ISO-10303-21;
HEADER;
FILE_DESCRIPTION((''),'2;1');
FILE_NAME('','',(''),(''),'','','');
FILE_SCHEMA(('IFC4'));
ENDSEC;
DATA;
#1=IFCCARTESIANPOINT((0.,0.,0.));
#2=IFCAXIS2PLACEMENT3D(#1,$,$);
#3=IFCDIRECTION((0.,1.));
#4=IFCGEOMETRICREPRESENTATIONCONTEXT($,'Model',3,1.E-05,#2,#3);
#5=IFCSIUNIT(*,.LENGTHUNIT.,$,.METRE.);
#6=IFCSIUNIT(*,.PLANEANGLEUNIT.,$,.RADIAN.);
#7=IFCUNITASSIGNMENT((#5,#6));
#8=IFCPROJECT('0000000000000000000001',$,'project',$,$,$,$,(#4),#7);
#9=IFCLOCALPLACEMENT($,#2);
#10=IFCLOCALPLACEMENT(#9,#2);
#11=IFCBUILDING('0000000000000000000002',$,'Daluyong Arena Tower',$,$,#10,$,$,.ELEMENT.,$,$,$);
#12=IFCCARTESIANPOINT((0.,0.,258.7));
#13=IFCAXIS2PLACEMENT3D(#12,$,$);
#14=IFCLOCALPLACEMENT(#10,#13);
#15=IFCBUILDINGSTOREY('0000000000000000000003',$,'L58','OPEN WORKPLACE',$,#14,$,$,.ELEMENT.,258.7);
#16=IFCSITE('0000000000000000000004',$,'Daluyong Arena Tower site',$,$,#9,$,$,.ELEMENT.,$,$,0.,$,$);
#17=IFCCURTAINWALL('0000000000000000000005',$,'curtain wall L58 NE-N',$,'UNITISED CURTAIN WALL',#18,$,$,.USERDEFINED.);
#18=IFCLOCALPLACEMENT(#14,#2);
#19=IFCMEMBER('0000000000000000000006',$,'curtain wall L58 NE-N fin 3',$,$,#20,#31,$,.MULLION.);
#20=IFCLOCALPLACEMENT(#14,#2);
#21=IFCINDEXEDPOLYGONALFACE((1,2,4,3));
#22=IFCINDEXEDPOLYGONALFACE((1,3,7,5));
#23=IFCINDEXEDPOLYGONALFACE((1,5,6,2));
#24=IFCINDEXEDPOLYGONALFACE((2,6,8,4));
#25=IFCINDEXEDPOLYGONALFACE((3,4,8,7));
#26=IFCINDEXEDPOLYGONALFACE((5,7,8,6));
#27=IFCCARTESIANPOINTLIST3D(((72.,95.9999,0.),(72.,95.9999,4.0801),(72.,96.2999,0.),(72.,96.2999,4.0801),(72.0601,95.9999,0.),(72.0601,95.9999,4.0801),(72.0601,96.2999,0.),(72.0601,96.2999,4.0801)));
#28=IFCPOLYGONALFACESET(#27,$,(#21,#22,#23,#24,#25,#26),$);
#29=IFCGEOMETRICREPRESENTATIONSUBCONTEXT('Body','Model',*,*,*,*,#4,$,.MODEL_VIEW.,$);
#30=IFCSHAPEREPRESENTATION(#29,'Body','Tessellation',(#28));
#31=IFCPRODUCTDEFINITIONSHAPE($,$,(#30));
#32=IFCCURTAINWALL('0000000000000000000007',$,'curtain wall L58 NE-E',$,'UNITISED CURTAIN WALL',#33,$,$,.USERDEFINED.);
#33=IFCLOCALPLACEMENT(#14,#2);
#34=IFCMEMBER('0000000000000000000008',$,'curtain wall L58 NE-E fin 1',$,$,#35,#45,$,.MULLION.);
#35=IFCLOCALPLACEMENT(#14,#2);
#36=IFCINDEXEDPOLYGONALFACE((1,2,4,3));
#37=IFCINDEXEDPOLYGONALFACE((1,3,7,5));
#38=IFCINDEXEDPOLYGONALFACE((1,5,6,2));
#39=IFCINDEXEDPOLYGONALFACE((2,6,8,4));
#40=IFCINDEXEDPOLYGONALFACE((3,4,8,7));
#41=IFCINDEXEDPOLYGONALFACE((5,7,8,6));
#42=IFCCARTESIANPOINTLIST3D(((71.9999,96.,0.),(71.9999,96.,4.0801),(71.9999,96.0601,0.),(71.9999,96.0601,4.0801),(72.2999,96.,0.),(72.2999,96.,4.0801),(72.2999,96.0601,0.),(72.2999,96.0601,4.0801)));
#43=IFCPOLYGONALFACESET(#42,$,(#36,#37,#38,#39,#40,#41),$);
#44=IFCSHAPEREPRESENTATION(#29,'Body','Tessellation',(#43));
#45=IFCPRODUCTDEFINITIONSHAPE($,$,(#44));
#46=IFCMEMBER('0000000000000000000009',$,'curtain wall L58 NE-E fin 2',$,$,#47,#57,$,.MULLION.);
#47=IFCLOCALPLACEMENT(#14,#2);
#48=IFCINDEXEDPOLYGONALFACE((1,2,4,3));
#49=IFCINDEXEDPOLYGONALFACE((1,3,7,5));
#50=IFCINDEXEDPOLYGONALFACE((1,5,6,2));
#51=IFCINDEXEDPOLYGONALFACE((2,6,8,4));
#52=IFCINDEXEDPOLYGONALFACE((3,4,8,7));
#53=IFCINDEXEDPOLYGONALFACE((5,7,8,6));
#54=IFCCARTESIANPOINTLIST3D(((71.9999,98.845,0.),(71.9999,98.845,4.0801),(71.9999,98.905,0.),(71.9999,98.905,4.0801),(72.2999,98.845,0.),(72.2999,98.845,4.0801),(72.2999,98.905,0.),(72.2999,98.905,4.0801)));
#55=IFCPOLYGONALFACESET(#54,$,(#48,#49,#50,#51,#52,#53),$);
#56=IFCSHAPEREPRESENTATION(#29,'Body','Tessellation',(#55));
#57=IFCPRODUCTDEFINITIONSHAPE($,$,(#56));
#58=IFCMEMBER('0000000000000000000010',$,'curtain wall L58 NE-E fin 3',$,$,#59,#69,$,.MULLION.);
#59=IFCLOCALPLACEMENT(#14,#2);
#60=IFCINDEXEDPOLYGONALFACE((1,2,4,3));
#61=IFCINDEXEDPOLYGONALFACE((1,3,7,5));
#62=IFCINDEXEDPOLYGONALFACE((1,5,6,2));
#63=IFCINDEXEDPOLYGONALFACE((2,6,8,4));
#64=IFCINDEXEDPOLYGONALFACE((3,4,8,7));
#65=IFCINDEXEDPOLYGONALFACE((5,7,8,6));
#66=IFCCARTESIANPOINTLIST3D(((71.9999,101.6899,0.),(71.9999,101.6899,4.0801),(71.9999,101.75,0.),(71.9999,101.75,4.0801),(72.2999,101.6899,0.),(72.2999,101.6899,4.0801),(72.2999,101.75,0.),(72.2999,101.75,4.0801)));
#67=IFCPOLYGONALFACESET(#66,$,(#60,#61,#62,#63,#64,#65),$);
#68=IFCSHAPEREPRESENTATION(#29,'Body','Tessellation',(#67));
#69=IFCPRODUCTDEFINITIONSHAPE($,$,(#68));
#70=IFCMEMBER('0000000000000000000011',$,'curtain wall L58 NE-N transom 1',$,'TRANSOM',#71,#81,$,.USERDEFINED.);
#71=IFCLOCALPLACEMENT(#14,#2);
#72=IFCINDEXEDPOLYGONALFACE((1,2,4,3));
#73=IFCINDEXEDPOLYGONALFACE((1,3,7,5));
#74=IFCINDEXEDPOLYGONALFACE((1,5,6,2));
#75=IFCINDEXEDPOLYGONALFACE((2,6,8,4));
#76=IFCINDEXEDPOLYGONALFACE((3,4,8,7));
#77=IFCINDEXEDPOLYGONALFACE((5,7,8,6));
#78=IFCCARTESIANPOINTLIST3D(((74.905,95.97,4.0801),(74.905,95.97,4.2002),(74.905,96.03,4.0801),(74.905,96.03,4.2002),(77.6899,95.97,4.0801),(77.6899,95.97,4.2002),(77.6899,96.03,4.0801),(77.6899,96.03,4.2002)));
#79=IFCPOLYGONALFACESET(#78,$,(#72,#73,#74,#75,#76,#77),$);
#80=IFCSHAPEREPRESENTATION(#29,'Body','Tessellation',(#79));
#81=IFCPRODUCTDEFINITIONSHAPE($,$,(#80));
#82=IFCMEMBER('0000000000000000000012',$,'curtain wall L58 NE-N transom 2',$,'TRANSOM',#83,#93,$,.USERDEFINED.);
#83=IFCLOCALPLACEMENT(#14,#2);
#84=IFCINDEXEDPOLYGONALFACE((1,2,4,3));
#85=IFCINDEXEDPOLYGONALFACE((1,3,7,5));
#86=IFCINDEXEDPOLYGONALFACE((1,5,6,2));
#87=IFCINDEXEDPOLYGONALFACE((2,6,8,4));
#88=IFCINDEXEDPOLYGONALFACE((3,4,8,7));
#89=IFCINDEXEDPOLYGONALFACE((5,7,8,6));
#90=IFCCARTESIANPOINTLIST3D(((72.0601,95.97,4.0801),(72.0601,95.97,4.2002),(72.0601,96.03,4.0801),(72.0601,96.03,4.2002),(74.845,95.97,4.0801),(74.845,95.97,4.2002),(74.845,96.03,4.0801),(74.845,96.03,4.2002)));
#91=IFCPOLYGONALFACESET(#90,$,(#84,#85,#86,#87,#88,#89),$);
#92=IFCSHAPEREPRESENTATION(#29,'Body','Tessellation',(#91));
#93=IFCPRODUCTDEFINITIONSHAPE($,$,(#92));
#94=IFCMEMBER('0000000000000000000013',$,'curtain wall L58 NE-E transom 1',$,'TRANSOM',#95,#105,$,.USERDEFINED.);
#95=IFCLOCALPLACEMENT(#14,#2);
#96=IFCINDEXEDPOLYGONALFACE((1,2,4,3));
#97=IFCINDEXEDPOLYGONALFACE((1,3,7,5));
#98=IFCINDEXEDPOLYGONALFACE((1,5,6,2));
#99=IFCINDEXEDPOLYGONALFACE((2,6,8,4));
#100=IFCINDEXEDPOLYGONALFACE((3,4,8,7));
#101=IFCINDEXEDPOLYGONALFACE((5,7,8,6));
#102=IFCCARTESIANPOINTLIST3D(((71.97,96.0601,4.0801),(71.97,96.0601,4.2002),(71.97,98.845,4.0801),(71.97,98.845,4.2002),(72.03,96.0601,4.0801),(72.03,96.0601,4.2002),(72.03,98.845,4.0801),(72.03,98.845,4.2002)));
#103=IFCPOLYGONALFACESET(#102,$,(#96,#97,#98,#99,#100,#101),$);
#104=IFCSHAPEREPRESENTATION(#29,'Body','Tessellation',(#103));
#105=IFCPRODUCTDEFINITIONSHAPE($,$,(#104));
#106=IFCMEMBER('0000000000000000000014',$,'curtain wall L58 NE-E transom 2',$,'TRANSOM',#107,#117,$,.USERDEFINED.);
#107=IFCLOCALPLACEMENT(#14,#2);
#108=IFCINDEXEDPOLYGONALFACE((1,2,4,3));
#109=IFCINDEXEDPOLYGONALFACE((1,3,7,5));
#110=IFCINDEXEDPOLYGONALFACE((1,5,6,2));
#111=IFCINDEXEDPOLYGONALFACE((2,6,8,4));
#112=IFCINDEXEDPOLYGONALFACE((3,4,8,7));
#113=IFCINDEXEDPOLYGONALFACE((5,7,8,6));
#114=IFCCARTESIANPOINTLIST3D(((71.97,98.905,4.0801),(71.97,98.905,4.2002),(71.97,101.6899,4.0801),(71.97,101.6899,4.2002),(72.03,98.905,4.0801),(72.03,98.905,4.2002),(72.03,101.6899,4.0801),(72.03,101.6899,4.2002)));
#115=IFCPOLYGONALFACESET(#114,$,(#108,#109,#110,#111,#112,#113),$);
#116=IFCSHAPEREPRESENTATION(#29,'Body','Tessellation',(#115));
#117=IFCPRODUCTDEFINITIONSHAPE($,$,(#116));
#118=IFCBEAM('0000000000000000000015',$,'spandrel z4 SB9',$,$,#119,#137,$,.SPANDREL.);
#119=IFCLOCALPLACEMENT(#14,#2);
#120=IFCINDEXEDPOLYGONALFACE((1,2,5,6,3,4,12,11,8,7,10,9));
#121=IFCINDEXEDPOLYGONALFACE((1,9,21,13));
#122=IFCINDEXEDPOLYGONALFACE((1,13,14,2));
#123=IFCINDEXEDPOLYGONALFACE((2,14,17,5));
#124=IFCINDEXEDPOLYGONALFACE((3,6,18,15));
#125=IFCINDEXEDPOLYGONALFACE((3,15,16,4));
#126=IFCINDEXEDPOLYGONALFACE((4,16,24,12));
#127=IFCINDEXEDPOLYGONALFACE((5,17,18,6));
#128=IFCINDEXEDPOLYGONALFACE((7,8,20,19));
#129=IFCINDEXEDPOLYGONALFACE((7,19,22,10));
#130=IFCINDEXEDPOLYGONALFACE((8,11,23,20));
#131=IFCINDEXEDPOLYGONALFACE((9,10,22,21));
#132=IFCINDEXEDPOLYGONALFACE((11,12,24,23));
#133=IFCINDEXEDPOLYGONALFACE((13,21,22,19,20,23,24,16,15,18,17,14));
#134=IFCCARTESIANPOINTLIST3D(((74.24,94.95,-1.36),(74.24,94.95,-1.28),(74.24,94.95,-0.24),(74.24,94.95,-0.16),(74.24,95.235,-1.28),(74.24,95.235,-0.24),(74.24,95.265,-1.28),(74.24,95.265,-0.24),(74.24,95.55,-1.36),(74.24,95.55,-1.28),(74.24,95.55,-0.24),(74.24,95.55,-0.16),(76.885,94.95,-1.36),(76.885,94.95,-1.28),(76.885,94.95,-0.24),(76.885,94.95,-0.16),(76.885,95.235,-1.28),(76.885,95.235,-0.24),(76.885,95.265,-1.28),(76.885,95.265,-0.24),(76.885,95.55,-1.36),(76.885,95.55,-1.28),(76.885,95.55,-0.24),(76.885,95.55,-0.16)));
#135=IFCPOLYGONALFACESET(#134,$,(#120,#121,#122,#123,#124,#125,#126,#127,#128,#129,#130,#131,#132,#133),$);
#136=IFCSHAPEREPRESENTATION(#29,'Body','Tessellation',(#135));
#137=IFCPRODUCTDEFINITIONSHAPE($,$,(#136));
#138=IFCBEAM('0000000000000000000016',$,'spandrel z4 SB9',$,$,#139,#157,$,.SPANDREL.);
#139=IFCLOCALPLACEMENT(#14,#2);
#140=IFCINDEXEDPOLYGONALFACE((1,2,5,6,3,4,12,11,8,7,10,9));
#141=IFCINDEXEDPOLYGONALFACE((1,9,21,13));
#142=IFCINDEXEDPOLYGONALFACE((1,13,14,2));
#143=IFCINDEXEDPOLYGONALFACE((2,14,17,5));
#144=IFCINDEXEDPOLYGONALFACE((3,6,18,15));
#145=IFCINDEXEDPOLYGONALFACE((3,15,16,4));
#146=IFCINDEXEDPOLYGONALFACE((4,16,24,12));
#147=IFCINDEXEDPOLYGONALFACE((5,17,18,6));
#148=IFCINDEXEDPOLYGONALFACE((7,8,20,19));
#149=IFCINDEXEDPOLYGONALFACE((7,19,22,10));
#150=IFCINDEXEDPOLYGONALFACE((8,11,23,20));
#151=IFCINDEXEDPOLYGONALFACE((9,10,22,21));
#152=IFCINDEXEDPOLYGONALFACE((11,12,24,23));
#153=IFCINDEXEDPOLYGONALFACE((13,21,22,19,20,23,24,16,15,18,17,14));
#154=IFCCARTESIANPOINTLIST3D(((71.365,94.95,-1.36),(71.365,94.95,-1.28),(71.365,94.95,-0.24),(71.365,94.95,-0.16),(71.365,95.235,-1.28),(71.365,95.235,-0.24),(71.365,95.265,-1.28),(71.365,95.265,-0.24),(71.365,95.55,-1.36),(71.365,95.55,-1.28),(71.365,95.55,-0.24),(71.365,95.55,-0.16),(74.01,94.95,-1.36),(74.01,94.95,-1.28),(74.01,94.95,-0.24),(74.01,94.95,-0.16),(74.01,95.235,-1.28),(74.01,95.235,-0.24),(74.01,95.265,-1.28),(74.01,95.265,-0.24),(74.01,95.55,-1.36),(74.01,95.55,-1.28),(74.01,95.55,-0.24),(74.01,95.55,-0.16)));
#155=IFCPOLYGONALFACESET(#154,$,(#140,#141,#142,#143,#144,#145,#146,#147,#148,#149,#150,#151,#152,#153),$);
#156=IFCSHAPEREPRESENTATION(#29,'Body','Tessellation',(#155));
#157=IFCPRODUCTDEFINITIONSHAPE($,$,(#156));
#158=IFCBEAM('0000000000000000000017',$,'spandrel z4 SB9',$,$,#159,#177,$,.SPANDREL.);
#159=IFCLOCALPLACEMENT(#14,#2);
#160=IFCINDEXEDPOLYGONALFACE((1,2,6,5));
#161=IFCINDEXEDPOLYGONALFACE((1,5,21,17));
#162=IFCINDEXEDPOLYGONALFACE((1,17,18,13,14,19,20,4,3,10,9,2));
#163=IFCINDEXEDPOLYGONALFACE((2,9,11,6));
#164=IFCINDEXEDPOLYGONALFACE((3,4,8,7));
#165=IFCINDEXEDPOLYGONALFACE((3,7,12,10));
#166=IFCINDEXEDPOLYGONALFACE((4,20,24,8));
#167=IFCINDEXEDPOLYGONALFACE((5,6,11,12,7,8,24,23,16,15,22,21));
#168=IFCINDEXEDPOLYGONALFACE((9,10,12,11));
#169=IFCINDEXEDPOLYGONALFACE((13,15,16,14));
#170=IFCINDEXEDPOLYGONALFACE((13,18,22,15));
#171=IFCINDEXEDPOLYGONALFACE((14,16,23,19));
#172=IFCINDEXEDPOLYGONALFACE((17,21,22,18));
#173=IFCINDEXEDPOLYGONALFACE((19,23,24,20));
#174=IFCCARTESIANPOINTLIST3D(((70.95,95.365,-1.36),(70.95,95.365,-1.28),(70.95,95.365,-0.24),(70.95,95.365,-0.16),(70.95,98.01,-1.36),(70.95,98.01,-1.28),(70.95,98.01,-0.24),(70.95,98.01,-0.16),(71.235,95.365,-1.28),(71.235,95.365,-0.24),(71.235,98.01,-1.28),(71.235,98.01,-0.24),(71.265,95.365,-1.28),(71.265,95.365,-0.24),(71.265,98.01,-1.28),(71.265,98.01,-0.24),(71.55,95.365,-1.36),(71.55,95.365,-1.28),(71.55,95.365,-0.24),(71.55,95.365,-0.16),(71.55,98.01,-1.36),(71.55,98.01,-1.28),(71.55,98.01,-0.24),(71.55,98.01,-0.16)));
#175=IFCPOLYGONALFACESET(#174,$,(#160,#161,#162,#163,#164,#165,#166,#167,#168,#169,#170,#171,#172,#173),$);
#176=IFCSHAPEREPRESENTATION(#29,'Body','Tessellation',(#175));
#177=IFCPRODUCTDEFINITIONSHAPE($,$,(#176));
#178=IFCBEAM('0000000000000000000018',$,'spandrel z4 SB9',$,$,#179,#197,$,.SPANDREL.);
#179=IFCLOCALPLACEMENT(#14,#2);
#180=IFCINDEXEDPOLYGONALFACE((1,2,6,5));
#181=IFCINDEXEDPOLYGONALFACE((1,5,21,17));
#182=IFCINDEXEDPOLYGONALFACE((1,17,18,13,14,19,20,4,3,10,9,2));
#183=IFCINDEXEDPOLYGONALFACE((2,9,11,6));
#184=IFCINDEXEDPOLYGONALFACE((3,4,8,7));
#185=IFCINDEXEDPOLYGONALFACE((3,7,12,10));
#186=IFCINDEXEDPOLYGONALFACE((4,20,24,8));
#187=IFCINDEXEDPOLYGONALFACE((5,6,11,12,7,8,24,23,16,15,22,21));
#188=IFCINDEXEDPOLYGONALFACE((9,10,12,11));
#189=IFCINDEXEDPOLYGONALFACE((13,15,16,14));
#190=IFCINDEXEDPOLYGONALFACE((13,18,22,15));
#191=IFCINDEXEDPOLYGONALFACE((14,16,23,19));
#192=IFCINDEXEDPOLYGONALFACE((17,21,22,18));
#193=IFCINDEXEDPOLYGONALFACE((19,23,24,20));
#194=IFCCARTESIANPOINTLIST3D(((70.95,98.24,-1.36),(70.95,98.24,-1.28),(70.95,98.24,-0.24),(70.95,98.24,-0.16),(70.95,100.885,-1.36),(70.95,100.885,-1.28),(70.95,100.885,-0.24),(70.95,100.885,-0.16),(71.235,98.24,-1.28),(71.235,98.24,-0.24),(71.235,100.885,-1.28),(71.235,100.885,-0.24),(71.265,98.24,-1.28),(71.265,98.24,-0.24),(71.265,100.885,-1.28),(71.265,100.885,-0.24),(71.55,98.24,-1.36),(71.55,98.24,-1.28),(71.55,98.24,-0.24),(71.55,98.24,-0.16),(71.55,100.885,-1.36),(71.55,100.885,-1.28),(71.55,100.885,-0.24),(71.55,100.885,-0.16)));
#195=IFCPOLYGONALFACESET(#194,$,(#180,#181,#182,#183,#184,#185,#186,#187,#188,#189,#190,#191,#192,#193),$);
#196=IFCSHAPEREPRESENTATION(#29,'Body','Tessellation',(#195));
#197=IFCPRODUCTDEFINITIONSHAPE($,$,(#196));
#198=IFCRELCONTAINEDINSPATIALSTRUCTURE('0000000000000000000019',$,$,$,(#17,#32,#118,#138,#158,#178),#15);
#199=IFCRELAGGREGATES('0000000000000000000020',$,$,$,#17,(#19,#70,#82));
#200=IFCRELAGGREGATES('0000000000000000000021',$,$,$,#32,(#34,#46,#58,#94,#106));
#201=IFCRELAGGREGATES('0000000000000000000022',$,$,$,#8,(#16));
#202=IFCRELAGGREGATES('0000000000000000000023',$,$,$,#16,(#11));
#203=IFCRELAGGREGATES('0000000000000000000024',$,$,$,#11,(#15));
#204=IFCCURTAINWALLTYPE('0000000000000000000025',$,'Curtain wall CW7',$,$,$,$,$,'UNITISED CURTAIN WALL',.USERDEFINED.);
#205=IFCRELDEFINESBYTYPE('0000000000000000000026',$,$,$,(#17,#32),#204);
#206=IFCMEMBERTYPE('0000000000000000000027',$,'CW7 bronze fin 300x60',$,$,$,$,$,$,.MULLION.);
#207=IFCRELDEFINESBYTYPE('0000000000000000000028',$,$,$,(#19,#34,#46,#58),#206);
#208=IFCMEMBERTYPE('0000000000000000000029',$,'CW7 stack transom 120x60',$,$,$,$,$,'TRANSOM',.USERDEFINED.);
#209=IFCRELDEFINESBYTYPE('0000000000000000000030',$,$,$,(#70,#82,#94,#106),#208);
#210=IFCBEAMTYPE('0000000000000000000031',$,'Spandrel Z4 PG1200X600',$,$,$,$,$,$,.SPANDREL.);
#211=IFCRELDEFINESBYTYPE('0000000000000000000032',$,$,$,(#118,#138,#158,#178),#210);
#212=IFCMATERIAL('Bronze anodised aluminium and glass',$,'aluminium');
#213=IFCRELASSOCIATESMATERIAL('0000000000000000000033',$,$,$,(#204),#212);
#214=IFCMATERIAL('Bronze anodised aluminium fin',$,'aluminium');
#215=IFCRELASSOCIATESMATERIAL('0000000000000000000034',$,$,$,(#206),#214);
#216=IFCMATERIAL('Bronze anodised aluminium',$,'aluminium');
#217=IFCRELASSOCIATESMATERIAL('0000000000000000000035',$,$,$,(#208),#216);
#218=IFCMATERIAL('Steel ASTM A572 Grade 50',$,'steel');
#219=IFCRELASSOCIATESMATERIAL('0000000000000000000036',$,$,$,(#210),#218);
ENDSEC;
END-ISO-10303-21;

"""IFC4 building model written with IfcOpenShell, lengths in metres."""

from ifc_helpers import new_model, si_unit, direction, frame, origin, origin_2d, place, context, subcontext, project, spatial, rectangle, i_section, extrude, material, material_profile, profile_set, type_object, element, aggregate, save


model = new_model("IFC4")

# Units and contexts
model_context = context("Model", 3, precision=1e-05, world=origin(), true_north=direction((0.0, 1.0)))
body_context = subcontext(model_context, "Body", "Model", "MODEL_VIEW")
ifc_project = project(units=[si_unit("LENGTHUNIT", "METRE"), si_unit("PLANEANGLEUNIT", "RADIAN")], contexts=[model_context])

# Site, building, storey
site_placement = place(None, origin())
site = spatial("IfcSite", under=ifc_project, at=site_placement, Name="Daluyong Arena Tower site", CompositionType="ELEMENT", RefElevation=0.0)
building_placement = place(site_placement, origin())
building = spatial("IfcBuilding", under=site, at=building_placement, Name="Daluyong Arena Tower", CompositionType="ELEMENT")
storey_placement = place(building_placement, frame((0.0, 0.0, 258.7)))
storey = spatial("IfcBuildingStorey", under=building, at=storey_placement, Name="L58", Description="OPEN WORKPLACE", CompositionType="ELEMENT", Elevation=258.7)

# Curtain walls, members
ifc_material_1 = material(Name="Bronze anodised aluminium and glass", Category="aluminium")
curtain_wall_type_1 = type_object("IfcCurtainWallType", Name="Curtain wall CW7", ElementType="UNITISED CURTAIN WALL", PredefinedType="USERDEFINED", material=ifc_material_1)
curtain_wall_1_placement = place(storey_placement, origin())
curtain_wall_1 = element("IfcCurtainWall", 1, at=curtain_wall_1_placement, inside=storey, type_object=curtain_wall_type_1, Name="curtain wall L58 NE-N", ObjectType="UNITISED CURTAIN WALL", PredefinedType="USERDEFINED")
ifc_material_2 = material(Name="Bronze anodised aluminium fin", Category="aluminium")
ifc_material_profile_1 = material_profile(ifc_material_2, rectangle(XDim=0.3, YDim=0.0601, at=origin_2d()))
ifc_profile_set_1 = profile_set([ifc_material_profile_1], Name="Bronze anodised aluminium fin")
member_type_1 = type_object("IfcMemberType", Name="CW7 bronze fin 300x60", PredefinedType="MULLION", material=ifc_profile_set_1)
member_1_placement = place(storey_placement, frame((72.03, 96.1499, 0.0), z_axis=(0.0, 0.0, 1.0), x_axis=(0.0, -1.0, 0.0)))
member_1 = element("IfcMember", 2, at=member_1_placement, type_object=member_type_1, Name="curtain wall L58 NE-N fin 3", PredefinedType="MULLION", context=body_context, shape_type="SweptSolid", body=[
    extrude(rectangle(XDim=0.3, YDim=0.0601, at=origin_2d()), origin(), (0.0, 0.0, 1.0), 4.0801),
])
curtain_wall_2_placement = place(storey_placement, origin())
curtain_wall_2 = element("IfcCurtainWall", 3, at=curtain_wall_2_placement, inside=storey, type_object=curtain_wall_type_1, Name="curtain wall L58 NE-E", ObjectType="UNITISED CURTAIN WALL", PredefinedType="USERDEFINED")
member_2_placement = place(storey_placement, frame((72.1499, 96.03, 0.0), z_axis=(0.0, 0.0, 1.0), x_axis=(-1.0, 0.0, 0.0)))
member_2 = element("IfcMember", 4, at=member_2_placement, type_object=member_type_1, Name="curtain wall L58 NE-E fin 1", PredefinedType="MULLION", context=body_context, shape_type="SweptSolid", body=[
    extrude(rectangle(XDim=0.3, YDim=0.0601, at=origin_2d()), origin(), (0.0, 0.0, 1.0), 4.0801),
])
member_3_placement = place(storey_placement, frame((72.1499, 98.875, 0.0), z_axis=(0.0, 0.0, 1.0), x_axis=(-1.0, 0.0, 0.0)))
member_3 = element("IfcMember", 5, at=member_3_placement, type_object=member_type_1, Name="curtain wall L58 NE-E fin 2", PredefinedType="MULLION", context=body_context, shape_type="SweptSolid", body=[
    extrude(rectangle(XDim=0.3, YDim=0.0601, at=origin_2d()), origin(), (0.0, 0.0, 1.0), 4.0801),
])
member_4_placement = place(storey_placement, frame((72.1499, 101.72, 0.0), z_axis=(0.0, 0.0, 1.0), x_axis=(-1.0, 0.0, 0.0)))
member_4 = element("IfcMember", 6, at=member_4_placement, type_object=member_type_1, Name="curtain wall L58 NE-E fin 3", PredefinedType="MULLION", context=body_context, shape_type="SweptSolid", body=[
    extrude(rectangle(XDim=0.3, YDim=0.0601, at=origin_2d()), origin(), (0.0, 0.0, 1.0), 4.0801),
])

# Members
ifc_material_3 = material(Name="Bronze anodised aluminium", Category="aluminium")
ifc_material_profile_2 = material_profile(ifc_material_3, rectangle(XDim=0.0601, YDim=0.1201, at=origin_2d()))
ifc_profile_set_2 = profile_set([ifc_material_profile_2], Name="Bronze anodised aluminium")
member_type_2 = type_object("IfcMemberType", Name="CW7 stack transom 120x60", ElementType="TRANSOM", PredefinedType="USERDEFINED", material=ifc_profile_set_2)
member_5_placement = place(storey_placement, frame((77.6899, 96.0, 4.1401), z_axis=(-1.0, 0.0, 0.0), x_axis=(0.0, -1.0, 0.0)))
member_5 = element("IfcMember", 7, at=member_5_placement, type_object=member_type_2, Name="curtain wall L58 NE-N transom 1", ObjectType="TRANSOM", PredefinedType="USERDEFINED", context=body_context, shape_type="SweptSolid", body=[
    extrude(rectangle(XDim=0.0601, YDim=0.1201, at=origin_2d()), origin(), (0.0, 0.0, 1.0), 2.7849),
])
member_6_placement = place(storey_placement, frame((74.845, 96.0, 4.1401), z_axis=(-1.0, 0.0, 0.0), x_axis=(0.0, -1.0, 0.0)))
member_6 = element("IfcMember", 8, at=member_6_placement, type_object=member_type_2, Name="curtain wall L58 NE-N transom 2", ObjectType="TRANSOM", PredefinedType="USERDEFINED", context=body_context, shape_type="SweptSolid", body=[
    extrude(rectangle(XDim=0.0601, YDim=0.1201, at=origin_2d()), origin(), (0.0, 0.0, 1.0), 2.7849),
])
member_7_placement = place(storey_placement, frame((72.0, 96.0601, 4.1401), z_axis=(0.0, 1.0, 0.0), x_axis=(-1.0, 0.0, 0.0)))
member_7 = element("IfcMember", 9, at=member_7_placement, type_object=member_type_2, Name="curtain wall L58 NE-E transom 1", ObjectType="TRANSOM", PredefinedType="USERDEFINED", context=body_context, shape_type="SweptSolid", body=[
    extrude(rectangle(XDim=0.0601, YDim=0.1201, at=origin_2d()), origin(), (0.0, 0.0, 1.0), 2.7849),
])
member_8_placement = place(storey_placement, frame((72.0, 98.905, 4.1401), z_axis=(0.0, 1.0, 0.0), x_axis=(-1.0, 0.0, 0.0)))
member_8 = element("IfcMember", 10, at=member_8_placement, type_object=member_type_2, Name="curtain wall L58 NE-E transom 2", ObjectType="TRANSOM", PredefinedType="USERDEFINED", context=body_context, shape_type="SweptSolid", body=[
    extrude(rectangle(XDim=0.0601, YDim=0.1201, at=origin_2d()), origin(), (0.0, 0.0, 1.0), 2.7849),
])

# Beams
ifc_material_4 = material(Name="Steel ASTM A572 Grade 50", Category="steel")
ifc_material_profile_3 = material_profile(ifc_material_4, i_section(OverallWidth=0.6001, OverallDepth=1.2, WebThickness=0.03, FlangeThickness=0.08, at=origin_2d()))
ifc_profile_set_3 = profile_set([ifc_material_profile_3], Name="Steel ASTM A572 Grade 50")
beam_type = type_object("IfcBeamType", Name="Spandrel Z4 PG1200X600", PredefinedType="SPANDREL", material=ifc_profile_set_3)
for number, where, z_axis, x_axis, name in (
    (11, (76.885, 95.25, -0.76), (-1.0, 0.0, 0.0), (0.0, -1.0, 0.0), "spandrel z4 SB9"),
    (12, (74.01, 95.25, -0.76), (-1.0, 0.0, 0.0), (0.0, -1.0, 0.0), "spandrel z4 SB9"),
    (13, (71.25, 95.365, -0.76), (0.0, 1.0, 0.0), (-1.0, 0.0, 0.0), "spandrel z4 SB9"),
    (14, (71.25, 98.24, -0.76), (0.0, 1.0, 0.0), (-1.0, 0.0, 0.0), "spandrel z4 SB9"),
):
    element("IfcBeam", number, at=place(storey_placement, frame(where, z_axis=z_axis, x_axis=x_axis)), inside=storey, type_object=beam_type, Name=name, PredefinedType="SPANDREL", context=body_context, shape_type="SweptSolid", body=[
        extrude(i_section(OverallWidth=0.6001, OverallDepth=1.2, WebThickness=0.03, FlangeThickness=0.08, at=origin_2d()), origin(), (0.0, 0.0, 1.0), 2.645),
    ])

aggregate(curtain_wall_1, [member_1, member_5, member_6])
aggregate(curtain_wall_2, [member_2, member_3, member_4, member_7, member_8])

save(model, "model.ifc")
